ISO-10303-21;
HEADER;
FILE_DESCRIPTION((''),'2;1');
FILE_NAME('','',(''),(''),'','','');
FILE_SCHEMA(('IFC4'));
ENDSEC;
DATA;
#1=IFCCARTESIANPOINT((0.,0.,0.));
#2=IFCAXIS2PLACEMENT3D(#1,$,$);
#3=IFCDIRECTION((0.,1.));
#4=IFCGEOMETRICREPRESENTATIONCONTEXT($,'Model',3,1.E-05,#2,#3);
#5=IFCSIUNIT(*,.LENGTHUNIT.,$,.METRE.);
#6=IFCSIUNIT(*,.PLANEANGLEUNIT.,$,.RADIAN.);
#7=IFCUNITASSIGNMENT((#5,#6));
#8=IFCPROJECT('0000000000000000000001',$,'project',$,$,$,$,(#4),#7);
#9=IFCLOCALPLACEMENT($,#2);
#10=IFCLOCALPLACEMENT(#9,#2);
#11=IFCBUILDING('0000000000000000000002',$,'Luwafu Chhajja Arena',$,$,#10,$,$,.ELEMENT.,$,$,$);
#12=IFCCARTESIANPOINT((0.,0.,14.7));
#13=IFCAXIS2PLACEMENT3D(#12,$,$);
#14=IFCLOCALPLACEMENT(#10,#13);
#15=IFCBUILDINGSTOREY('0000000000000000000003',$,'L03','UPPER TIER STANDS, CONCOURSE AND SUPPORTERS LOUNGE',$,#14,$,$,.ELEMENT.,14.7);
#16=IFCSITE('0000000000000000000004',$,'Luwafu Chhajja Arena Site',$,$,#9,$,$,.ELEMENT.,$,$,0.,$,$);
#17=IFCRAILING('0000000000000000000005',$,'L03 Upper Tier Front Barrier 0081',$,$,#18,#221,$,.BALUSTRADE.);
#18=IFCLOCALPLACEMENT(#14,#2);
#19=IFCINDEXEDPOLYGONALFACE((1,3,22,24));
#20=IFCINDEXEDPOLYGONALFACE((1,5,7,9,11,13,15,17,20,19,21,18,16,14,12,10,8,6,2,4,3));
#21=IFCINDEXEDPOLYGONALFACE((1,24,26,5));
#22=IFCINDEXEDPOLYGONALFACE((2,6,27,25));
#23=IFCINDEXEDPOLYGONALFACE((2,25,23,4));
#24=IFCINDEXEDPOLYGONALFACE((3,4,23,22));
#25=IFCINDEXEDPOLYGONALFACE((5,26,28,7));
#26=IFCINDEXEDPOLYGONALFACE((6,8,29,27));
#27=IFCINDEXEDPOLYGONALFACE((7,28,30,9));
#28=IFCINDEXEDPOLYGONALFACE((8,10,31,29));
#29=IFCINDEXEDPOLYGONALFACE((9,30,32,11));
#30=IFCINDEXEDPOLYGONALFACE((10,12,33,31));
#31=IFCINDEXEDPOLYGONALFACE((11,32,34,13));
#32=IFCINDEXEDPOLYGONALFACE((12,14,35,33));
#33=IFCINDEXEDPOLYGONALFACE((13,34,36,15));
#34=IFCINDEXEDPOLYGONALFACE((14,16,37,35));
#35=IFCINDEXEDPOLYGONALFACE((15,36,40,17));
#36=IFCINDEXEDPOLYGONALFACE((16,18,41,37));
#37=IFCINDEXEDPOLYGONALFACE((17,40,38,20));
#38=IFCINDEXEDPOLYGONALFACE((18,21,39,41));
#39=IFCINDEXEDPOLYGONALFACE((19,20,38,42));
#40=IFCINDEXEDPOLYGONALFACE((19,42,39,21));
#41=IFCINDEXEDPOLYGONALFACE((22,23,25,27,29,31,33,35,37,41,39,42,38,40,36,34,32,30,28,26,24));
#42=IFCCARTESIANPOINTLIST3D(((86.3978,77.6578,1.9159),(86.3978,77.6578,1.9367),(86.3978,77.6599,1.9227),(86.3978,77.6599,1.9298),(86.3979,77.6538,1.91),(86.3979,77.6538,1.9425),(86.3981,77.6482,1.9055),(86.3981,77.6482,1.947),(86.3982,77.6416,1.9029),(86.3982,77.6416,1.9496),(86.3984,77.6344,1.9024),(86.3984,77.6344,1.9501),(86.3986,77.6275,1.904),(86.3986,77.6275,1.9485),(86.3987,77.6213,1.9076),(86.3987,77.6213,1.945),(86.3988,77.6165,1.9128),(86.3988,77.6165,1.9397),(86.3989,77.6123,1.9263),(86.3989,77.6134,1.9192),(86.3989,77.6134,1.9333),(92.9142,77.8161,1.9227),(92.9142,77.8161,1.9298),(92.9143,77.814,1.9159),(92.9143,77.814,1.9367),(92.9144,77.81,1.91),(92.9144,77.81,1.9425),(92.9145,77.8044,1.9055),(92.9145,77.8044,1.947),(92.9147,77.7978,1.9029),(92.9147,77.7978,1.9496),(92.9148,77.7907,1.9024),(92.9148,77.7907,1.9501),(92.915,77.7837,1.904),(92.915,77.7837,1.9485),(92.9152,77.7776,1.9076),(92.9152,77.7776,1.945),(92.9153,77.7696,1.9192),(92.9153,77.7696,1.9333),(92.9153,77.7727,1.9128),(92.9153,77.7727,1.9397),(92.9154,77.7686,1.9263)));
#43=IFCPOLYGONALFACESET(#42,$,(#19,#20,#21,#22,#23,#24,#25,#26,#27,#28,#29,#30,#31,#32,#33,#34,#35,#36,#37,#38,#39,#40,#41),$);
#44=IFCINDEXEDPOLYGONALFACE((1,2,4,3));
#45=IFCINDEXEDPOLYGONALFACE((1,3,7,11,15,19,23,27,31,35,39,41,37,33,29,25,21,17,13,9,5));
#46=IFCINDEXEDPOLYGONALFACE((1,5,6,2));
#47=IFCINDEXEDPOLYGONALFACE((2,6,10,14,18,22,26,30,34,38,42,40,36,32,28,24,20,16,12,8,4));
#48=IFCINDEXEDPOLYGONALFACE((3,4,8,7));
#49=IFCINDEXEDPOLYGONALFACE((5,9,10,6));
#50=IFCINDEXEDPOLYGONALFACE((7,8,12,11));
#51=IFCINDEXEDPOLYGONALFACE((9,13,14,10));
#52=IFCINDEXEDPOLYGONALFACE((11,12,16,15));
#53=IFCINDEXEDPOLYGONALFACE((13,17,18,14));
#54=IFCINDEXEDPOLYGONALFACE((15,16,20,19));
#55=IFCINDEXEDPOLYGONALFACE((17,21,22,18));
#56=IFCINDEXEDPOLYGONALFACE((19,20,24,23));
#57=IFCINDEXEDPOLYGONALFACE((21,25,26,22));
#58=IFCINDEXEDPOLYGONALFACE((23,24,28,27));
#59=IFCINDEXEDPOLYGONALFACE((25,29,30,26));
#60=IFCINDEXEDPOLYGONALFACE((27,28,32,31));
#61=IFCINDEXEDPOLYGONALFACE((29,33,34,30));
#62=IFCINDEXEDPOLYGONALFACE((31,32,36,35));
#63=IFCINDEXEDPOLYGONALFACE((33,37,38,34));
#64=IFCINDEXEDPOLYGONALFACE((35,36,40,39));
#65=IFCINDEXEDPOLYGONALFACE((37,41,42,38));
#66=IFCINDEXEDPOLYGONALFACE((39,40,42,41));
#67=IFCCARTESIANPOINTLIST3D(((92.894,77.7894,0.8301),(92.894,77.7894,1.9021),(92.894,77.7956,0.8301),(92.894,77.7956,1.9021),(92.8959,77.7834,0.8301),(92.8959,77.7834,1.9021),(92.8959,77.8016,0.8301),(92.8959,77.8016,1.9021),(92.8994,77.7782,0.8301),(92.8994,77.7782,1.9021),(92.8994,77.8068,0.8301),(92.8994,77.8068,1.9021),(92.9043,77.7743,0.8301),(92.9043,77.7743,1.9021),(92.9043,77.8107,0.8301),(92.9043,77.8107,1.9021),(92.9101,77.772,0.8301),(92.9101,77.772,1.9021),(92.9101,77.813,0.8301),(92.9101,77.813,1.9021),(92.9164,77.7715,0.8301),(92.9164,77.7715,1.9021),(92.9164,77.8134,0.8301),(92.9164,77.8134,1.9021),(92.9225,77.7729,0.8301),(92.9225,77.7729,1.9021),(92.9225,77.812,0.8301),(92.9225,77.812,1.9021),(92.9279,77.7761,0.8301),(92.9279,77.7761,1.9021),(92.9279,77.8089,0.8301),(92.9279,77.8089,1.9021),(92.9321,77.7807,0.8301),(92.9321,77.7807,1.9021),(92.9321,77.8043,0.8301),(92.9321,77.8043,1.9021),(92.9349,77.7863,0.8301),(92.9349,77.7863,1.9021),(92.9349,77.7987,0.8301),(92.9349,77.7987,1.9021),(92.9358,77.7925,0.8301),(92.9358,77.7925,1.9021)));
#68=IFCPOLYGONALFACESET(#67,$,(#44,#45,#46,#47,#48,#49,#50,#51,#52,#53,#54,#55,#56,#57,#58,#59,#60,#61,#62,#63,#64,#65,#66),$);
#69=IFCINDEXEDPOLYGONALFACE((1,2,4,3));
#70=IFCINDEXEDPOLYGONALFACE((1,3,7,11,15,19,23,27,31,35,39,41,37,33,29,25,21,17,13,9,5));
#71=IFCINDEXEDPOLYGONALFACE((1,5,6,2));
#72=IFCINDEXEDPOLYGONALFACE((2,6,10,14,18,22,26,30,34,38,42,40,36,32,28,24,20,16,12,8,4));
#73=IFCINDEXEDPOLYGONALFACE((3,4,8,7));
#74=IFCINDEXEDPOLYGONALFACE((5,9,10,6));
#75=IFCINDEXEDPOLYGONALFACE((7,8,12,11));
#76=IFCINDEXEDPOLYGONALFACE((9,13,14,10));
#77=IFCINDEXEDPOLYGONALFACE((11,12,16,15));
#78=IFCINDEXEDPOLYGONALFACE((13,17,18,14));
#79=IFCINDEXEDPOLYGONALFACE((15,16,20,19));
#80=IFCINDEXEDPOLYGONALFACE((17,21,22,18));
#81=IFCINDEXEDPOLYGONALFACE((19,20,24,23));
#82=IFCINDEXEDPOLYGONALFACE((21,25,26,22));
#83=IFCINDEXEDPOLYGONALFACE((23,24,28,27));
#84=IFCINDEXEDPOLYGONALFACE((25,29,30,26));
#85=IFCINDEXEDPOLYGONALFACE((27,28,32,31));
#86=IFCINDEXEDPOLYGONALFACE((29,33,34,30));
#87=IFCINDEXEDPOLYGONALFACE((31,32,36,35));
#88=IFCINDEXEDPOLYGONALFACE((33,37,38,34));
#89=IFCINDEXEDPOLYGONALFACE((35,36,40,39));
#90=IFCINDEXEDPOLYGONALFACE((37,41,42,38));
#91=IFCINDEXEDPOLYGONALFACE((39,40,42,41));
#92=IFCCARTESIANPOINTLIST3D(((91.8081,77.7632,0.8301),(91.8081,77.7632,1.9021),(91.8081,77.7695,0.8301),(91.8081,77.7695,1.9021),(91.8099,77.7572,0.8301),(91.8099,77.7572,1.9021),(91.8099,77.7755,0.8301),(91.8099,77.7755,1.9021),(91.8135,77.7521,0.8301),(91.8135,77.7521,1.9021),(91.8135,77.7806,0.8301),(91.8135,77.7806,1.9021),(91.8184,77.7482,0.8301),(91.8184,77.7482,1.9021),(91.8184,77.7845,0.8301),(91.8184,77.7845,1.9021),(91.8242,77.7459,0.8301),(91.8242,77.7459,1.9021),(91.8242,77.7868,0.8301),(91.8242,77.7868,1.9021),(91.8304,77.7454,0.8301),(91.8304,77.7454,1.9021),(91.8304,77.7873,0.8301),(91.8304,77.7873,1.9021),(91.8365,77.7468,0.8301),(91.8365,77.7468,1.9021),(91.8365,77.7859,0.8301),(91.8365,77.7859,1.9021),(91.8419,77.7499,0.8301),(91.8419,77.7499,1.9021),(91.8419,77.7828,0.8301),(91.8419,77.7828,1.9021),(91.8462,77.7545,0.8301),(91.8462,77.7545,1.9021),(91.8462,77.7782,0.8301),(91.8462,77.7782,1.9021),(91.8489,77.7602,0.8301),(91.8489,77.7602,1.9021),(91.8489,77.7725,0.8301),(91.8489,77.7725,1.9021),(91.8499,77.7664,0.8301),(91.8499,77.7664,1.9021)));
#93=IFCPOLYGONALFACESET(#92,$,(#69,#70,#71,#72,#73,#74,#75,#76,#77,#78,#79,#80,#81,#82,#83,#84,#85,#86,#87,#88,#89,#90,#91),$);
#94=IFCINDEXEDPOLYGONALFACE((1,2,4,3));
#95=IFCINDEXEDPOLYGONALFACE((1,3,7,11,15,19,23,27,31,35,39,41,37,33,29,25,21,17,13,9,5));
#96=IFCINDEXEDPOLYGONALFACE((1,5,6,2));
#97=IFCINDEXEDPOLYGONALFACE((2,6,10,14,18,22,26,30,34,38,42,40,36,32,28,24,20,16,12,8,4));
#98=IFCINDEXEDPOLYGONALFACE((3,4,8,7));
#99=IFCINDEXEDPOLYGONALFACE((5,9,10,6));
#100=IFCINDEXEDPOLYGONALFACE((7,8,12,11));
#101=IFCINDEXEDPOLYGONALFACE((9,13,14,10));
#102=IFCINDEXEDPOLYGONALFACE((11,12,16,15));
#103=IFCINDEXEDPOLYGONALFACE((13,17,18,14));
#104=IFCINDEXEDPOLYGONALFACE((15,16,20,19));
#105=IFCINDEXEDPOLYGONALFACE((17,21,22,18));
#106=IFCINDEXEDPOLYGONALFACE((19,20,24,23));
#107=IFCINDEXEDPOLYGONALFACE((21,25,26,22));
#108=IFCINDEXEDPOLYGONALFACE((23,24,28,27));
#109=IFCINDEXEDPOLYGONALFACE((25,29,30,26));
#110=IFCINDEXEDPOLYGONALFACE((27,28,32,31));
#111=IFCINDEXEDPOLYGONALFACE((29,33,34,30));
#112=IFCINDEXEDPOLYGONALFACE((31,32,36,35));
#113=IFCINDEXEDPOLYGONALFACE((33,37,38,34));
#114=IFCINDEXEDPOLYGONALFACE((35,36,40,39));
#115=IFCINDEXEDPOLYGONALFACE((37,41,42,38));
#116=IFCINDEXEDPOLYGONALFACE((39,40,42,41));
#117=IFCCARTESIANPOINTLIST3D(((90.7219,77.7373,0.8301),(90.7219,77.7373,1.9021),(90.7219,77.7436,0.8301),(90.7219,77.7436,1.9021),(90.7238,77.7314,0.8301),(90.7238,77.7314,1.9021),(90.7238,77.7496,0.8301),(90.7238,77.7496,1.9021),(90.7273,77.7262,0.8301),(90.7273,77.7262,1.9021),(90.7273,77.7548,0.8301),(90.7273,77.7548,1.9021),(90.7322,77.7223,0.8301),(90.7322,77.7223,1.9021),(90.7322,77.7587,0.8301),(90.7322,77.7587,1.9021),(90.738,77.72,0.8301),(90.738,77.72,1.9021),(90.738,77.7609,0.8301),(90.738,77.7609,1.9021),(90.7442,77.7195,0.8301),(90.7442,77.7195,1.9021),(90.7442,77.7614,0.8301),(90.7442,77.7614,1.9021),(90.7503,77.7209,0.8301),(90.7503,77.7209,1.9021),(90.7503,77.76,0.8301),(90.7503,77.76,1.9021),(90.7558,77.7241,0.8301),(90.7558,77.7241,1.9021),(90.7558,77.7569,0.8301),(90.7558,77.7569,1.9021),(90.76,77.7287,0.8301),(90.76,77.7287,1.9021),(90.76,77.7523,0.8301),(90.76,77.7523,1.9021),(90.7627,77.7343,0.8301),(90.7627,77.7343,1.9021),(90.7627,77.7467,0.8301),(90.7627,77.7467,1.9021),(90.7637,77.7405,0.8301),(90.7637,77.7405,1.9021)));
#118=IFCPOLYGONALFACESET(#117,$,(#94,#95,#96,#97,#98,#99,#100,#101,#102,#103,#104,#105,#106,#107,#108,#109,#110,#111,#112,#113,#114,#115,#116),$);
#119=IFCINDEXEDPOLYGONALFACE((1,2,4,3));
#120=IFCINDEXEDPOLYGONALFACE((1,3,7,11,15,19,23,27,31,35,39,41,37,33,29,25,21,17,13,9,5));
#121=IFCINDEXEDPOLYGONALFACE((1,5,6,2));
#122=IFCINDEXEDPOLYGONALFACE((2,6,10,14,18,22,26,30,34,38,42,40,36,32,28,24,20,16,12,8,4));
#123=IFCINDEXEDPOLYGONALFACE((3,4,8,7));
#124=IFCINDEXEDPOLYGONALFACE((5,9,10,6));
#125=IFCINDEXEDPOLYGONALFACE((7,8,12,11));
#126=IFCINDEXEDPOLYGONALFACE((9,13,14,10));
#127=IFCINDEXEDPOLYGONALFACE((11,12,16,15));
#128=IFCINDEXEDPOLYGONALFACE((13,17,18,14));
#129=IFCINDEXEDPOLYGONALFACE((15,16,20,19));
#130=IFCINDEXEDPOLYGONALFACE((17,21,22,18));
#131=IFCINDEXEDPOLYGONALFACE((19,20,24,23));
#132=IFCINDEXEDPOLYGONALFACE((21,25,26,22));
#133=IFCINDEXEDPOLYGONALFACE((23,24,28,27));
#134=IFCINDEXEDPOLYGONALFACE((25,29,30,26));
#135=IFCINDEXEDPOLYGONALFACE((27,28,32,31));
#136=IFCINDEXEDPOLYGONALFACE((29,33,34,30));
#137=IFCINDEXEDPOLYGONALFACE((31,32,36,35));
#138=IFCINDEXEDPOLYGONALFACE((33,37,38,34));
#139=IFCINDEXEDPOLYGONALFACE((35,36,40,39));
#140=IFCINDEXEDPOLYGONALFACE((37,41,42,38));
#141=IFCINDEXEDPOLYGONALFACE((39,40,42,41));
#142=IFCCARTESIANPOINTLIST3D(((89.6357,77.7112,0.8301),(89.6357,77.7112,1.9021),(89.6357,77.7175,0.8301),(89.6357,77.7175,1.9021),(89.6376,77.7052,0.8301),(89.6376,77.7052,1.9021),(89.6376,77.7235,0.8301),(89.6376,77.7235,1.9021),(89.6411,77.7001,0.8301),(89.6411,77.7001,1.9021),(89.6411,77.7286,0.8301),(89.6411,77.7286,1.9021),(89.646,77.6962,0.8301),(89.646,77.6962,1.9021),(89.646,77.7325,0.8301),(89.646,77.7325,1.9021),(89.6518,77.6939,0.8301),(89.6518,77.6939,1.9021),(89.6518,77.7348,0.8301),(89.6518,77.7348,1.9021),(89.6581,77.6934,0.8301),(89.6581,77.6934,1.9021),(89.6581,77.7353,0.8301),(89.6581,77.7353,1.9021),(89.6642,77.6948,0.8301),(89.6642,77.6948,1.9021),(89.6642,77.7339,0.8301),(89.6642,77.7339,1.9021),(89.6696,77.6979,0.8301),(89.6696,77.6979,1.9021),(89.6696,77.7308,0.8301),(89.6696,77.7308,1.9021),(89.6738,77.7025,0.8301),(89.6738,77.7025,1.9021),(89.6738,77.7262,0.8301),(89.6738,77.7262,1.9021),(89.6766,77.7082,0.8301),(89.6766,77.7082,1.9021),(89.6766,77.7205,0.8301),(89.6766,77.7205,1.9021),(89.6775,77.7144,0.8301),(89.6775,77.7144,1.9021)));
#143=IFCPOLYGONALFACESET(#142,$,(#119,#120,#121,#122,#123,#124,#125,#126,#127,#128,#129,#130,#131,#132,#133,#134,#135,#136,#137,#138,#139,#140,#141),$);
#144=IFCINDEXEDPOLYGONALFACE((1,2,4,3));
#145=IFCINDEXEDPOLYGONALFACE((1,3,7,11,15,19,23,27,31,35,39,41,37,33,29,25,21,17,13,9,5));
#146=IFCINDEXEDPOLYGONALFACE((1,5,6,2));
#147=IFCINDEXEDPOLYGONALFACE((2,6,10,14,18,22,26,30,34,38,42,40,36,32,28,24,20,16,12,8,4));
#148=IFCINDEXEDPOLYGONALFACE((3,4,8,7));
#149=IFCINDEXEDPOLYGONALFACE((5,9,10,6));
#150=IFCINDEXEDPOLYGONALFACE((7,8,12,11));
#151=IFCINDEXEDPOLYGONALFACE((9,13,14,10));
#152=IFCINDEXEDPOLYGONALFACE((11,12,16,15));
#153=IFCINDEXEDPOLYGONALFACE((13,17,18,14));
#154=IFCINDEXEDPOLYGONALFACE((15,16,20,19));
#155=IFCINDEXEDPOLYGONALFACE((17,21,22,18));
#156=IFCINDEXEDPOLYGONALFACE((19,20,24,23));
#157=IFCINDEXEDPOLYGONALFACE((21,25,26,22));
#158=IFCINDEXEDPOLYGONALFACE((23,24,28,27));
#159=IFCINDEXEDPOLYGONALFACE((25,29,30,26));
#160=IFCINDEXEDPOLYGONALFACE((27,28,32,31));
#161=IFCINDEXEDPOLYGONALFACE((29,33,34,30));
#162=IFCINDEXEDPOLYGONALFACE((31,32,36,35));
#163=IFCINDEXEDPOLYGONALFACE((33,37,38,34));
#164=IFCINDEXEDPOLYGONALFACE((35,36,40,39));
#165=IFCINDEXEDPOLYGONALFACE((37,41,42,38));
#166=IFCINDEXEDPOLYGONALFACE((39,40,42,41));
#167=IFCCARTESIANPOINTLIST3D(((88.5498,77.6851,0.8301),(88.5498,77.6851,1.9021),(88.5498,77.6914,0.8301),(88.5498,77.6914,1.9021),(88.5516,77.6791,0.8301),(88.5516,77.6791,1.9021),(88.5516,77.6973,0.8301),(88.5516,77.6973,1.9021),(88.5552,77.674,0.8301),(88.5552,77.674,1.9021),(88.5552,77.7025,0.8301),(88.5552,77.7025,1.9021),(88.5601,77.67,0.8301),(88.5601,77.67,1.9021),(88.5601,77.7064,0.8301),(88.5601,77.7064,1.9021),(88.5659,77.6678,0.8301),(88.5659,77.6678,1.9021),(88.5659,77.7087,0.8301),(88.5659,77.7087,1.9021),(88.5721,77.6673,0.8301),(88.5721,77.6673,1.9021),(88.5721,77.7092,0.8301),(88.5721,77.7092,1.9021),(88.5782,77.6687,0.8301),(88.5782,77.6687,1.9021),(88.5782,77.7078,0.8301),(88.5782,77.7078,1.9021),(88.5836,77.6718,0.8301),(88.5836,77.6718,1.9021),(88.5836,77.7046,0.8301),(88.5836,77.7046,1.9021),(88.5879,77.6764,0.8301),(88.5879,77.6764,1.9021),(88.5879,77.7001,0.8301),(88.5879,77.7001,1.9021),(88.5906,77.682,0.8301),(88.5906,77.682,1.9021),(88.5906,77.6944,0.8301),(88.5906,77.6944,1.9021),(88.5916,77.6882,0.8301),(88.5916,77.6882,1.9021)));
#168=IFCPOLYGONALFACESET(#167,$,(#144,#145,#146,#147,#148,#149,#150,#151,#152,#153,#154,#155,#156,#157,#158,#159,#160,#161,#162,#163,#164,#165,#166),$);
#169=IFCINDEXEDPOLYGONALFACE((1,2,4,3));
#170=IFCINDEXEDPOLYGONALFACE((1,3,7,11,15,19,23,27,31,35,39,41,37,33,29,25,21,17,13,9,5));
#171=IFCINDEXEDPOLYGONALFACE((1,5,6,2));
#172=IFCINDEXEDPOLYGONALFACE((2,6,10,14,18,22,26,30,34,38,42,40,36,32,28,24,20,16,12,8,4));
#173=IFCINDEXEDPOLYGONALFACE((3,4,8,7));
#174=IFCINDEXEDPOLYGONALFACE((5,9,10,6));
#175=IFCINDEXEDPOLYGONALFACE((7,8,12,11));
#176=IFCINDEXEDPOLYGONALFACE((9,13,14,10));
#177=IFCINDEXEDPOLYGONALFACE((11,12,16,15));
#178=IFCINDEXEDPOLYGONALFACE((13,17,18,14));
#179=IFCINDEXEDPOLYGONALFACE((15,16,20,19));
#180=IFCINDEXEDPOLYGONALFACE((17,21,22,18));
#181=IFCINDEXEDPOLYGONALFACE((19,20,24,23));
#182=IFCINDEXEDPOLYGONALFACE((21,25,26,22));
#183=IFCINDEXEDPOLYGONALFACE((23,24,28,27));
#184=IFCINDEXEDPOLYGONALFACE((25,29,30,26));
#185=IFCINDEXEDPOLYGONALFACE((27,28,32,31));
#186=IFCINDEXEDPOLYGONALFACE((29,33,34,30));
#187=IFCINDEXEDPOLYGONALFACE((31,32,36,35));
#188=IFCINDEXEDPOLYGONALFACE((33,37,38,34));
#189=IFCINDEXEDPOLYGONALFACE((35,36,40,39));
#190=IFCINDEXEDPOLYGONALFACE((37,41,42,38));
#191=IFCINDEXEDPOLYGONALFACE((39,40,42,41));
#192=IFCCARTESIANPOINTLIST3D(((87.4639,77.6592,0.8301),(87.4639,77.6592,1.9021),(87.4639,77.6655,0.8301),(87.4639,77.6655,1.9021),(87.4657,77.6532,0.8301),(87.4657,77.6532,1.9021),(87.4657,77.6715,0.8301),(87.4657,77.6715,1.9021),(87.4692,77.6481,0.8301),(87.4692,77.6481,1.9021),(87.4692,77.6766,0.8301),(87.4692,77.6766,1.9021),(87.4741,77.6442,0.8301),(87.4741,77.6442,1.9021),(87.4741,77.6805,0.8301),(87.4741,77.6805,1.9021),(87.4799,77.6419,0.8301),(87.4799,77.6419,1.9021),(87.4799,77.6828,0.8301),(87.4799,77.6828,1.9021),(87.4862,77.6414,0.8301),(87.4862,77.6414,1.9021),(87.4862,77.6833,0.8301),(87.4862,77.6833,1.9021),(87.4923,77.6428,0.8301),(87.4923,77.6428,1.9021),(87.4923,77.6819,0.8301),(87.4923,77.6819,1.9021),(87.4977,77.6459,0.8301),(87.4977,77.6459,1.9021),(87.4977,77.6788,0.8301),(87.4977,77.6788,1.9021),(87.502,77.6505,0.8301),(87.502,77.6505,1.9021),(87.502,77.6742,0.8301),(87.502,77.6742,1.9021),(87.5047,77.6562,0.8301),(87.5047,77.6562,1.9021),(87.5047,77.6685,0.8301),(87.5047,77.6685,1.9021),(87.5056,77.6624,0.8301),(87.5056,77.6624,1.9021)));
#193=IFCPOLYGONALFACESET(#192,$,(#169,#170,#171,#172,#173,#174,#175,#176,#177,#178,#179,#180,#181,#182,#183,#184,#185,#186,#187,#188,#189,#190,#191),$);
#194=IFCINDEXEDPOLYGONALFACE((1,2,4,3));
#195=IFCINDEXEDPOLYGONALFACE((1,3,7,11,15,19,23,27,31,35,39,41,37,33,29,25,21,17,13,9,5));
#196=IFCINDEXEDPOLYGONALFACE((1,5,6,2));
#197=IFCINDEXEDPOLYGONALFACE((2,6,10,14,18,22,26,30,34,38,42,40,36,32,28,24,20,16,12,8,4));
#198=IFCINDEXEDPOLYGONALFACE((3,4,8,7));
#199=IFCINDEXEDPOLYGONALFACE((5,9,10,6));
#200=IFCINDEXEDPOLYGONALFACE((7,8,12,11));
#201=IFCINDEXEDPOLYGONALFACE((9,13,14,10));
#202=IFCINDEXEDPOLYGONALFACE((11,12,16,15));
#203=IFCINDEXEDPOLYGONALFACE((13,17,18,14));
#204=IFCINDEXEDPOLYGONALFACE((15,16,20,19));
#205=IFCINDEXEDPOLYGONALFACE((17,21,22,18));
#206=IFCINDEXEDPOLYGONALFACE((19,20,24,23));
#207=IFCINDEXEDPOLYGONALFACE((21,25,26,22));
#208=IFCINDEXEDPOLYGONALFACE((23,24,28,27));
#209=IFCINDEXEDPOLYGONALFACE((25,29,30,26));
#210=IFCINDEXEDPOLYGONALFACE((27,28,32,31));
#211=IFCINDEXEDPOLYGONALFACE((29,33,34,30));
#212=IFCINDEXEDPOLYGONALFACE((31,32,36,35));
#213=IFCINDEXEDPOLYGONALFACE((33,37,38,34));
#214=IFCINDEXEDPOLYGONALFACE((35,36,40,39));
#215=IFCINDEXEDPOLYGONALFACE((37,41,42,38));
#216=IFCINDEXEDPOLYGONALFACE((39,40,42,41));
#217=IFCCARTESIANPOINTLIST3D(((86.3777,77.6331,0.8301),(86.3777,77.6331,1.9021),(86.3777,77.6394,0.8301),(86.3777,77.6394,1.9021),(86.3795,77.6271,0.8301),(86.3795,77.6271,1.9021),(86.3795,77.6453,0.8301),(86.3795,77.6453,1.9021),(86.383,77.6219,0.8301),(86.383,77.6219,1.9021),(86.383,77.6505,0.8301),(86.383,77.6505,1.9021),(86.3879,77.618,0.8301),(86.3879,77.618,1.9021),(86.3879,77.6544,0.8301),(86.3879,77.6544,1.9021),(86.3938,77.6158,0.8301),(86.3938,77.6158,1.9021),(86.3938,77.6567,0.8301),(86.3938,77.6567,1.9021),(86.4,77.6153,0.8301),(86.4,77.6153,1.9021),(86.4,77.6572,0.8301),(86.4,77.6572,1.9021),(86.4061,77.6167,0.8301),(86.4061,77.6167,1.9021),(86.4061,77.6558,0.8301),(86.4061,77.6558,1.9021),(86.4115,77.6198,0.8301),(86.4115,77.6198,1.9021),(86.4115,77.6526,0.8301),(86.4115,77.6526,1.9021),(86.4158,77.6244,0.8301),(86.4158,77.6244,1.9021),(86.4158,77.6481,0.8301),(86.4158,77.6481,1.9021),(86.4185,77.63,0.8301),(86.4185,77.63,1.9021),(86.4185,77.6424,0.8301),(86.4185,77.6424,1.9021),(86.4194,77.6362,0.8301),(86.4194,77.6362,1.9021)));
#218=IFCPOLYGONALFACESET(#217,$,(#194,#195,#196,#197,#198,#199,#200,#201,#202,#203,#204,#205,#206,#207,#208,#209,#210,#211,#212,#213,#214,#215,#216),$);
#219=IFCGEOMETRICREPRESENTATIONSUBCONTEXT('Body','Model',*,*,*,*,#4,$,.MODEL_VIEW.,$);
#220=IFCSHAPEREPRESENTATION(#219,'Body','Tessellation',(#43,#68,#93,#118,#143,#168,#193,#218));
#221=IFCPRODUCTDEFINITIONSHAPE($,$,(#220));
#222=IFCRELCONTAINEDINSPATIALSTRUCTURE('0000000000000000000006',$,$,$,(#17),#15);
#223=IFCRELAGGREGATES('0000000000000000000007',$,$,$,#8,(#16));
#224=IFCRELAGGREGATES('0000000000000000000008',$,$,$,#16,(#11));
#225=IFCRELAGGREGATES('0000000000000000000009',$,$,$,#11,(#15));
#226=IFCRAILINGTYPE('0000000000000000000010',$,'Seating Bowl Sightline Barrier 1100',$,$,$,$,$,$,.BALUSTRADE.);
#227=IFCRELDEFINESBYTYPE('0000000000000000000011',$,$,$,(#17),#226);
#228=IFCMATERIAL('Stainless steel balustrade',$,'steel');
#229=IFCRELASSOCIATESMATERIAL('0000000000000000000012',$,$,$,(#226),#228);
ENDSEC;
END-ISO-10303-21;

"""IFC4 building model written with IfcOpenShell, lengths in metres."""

from ifc_helpers import new_model, si_unit, direction, frame, origin, origin_2d, place, context, subcontext, project, spatial, circle, extrude, material, type_object, element, save


model = new_model("IFC4")

# Units and contexts
model_context = context("Model", 3, precision=1e-05, world=origin(), true_north=direction((0.0, 1.0)))
body_context = subcontext(model_context, "Body", "Model", "MODEL_VIEW")
ifc_project = project(units=[si_unit("LENGTHUNIT", "METRE"), si_unit("PLANEANGLEUNIT", "RADIAN")], contexts=[model_context])

# Site, building, storey
site_placement = place(None, origin())
site = spatial("IfcSite", under=ifc_project, at=site_placement, Name="Luwafu Chhajja Arena Site", CompositionType="ELEMENT", RefElevation=0.0)
building_placement = place(site_placement, origin())
building = spatial("IfcBuilding", under=site, at=building_placement, Name="Luwafu Chhajja Arena", CompositionType="ELEMENT")
storey_placement = place(building_placement, frame((0.0, 0.0, 14.7)))
storey = spatial("IfcBuildingStorey", under=building, at=storey_placement, Name="L03", Description="UPPER TIER STANDS, CONCOURSE AND SUPPORTERS LOUNGE", CompositionType="ELEMENT", Elevation=14.7)

# Railing
ifc_material_1 = material(Name="Stainless steel balustrade", Category="steel")
railing_type = type_object("IfcRailingType", Name="Seating Bowl Sightline Barrier 1100", PredefinedType="BALUSTRADE", material=ifc_material_1)
railing_1_placement = place(storey_placement, frame((92.9148, 77.7925, 0.8301)))
element("IfcRailing", 1, at=railing_1_placement, inside=storey, type_object=railing_type, Name="L03 Upper Tier Front Barrier 0081", PredefinedType="BALUSTRADE", context=body_context, shape_type="SweptSolid", body=[
    extrude(circle(Radius=0.0239, at=origin_2d()), frame((0.0, 0.0, 1.0962), z_axis=(-0.999713, -0.023971, 0.0), x_axis=(0.023971, -0.999713, 0.0)), (0.0, 0.0, 1.0), 6.5183),
    extrude(circle(Radius=0.021, at=origin_2d()), origin(), (0.0, 0.0, 1.0), 1.072),
    extrude(circle(Radius=0.021, at=origin_2d()), frame((-1.0859, -0.0261, 0.0)), (0.0, 0.0, 1.0), 1.072),
    extrude(circle(Radius=0.021, at=origin_2d()), frame((-2.1721, -0.052, 0.0)), (0.0, 0.0, 1.0), 1.072),
    extrude(circle(Radius=0.021, at=origin_2d()), frame((-3.2583, -0.0781, 0.0)), (0.0, 0.0, 1.0), 1.072),
    extrude(circle(Radius=0.021, at=origin_2d()), frame((-4.3442, -0.1042, 0.0)), (0.0, 0.0, 1.0), 1.072),
    extrude(circle(Radius=0.021, at=origin_2d()), frame((-5.4302, -0.1301, 0.0)), (0.0, 0.0, 1.0), 1.072),
    extrude(circle(Radius=0.021, at=origin_2d()), frame((-6.5164, -0.1562, 0.0)), (0.0, 0.0, 1.0), 1.072),
])

save(model, "model.ifc")
